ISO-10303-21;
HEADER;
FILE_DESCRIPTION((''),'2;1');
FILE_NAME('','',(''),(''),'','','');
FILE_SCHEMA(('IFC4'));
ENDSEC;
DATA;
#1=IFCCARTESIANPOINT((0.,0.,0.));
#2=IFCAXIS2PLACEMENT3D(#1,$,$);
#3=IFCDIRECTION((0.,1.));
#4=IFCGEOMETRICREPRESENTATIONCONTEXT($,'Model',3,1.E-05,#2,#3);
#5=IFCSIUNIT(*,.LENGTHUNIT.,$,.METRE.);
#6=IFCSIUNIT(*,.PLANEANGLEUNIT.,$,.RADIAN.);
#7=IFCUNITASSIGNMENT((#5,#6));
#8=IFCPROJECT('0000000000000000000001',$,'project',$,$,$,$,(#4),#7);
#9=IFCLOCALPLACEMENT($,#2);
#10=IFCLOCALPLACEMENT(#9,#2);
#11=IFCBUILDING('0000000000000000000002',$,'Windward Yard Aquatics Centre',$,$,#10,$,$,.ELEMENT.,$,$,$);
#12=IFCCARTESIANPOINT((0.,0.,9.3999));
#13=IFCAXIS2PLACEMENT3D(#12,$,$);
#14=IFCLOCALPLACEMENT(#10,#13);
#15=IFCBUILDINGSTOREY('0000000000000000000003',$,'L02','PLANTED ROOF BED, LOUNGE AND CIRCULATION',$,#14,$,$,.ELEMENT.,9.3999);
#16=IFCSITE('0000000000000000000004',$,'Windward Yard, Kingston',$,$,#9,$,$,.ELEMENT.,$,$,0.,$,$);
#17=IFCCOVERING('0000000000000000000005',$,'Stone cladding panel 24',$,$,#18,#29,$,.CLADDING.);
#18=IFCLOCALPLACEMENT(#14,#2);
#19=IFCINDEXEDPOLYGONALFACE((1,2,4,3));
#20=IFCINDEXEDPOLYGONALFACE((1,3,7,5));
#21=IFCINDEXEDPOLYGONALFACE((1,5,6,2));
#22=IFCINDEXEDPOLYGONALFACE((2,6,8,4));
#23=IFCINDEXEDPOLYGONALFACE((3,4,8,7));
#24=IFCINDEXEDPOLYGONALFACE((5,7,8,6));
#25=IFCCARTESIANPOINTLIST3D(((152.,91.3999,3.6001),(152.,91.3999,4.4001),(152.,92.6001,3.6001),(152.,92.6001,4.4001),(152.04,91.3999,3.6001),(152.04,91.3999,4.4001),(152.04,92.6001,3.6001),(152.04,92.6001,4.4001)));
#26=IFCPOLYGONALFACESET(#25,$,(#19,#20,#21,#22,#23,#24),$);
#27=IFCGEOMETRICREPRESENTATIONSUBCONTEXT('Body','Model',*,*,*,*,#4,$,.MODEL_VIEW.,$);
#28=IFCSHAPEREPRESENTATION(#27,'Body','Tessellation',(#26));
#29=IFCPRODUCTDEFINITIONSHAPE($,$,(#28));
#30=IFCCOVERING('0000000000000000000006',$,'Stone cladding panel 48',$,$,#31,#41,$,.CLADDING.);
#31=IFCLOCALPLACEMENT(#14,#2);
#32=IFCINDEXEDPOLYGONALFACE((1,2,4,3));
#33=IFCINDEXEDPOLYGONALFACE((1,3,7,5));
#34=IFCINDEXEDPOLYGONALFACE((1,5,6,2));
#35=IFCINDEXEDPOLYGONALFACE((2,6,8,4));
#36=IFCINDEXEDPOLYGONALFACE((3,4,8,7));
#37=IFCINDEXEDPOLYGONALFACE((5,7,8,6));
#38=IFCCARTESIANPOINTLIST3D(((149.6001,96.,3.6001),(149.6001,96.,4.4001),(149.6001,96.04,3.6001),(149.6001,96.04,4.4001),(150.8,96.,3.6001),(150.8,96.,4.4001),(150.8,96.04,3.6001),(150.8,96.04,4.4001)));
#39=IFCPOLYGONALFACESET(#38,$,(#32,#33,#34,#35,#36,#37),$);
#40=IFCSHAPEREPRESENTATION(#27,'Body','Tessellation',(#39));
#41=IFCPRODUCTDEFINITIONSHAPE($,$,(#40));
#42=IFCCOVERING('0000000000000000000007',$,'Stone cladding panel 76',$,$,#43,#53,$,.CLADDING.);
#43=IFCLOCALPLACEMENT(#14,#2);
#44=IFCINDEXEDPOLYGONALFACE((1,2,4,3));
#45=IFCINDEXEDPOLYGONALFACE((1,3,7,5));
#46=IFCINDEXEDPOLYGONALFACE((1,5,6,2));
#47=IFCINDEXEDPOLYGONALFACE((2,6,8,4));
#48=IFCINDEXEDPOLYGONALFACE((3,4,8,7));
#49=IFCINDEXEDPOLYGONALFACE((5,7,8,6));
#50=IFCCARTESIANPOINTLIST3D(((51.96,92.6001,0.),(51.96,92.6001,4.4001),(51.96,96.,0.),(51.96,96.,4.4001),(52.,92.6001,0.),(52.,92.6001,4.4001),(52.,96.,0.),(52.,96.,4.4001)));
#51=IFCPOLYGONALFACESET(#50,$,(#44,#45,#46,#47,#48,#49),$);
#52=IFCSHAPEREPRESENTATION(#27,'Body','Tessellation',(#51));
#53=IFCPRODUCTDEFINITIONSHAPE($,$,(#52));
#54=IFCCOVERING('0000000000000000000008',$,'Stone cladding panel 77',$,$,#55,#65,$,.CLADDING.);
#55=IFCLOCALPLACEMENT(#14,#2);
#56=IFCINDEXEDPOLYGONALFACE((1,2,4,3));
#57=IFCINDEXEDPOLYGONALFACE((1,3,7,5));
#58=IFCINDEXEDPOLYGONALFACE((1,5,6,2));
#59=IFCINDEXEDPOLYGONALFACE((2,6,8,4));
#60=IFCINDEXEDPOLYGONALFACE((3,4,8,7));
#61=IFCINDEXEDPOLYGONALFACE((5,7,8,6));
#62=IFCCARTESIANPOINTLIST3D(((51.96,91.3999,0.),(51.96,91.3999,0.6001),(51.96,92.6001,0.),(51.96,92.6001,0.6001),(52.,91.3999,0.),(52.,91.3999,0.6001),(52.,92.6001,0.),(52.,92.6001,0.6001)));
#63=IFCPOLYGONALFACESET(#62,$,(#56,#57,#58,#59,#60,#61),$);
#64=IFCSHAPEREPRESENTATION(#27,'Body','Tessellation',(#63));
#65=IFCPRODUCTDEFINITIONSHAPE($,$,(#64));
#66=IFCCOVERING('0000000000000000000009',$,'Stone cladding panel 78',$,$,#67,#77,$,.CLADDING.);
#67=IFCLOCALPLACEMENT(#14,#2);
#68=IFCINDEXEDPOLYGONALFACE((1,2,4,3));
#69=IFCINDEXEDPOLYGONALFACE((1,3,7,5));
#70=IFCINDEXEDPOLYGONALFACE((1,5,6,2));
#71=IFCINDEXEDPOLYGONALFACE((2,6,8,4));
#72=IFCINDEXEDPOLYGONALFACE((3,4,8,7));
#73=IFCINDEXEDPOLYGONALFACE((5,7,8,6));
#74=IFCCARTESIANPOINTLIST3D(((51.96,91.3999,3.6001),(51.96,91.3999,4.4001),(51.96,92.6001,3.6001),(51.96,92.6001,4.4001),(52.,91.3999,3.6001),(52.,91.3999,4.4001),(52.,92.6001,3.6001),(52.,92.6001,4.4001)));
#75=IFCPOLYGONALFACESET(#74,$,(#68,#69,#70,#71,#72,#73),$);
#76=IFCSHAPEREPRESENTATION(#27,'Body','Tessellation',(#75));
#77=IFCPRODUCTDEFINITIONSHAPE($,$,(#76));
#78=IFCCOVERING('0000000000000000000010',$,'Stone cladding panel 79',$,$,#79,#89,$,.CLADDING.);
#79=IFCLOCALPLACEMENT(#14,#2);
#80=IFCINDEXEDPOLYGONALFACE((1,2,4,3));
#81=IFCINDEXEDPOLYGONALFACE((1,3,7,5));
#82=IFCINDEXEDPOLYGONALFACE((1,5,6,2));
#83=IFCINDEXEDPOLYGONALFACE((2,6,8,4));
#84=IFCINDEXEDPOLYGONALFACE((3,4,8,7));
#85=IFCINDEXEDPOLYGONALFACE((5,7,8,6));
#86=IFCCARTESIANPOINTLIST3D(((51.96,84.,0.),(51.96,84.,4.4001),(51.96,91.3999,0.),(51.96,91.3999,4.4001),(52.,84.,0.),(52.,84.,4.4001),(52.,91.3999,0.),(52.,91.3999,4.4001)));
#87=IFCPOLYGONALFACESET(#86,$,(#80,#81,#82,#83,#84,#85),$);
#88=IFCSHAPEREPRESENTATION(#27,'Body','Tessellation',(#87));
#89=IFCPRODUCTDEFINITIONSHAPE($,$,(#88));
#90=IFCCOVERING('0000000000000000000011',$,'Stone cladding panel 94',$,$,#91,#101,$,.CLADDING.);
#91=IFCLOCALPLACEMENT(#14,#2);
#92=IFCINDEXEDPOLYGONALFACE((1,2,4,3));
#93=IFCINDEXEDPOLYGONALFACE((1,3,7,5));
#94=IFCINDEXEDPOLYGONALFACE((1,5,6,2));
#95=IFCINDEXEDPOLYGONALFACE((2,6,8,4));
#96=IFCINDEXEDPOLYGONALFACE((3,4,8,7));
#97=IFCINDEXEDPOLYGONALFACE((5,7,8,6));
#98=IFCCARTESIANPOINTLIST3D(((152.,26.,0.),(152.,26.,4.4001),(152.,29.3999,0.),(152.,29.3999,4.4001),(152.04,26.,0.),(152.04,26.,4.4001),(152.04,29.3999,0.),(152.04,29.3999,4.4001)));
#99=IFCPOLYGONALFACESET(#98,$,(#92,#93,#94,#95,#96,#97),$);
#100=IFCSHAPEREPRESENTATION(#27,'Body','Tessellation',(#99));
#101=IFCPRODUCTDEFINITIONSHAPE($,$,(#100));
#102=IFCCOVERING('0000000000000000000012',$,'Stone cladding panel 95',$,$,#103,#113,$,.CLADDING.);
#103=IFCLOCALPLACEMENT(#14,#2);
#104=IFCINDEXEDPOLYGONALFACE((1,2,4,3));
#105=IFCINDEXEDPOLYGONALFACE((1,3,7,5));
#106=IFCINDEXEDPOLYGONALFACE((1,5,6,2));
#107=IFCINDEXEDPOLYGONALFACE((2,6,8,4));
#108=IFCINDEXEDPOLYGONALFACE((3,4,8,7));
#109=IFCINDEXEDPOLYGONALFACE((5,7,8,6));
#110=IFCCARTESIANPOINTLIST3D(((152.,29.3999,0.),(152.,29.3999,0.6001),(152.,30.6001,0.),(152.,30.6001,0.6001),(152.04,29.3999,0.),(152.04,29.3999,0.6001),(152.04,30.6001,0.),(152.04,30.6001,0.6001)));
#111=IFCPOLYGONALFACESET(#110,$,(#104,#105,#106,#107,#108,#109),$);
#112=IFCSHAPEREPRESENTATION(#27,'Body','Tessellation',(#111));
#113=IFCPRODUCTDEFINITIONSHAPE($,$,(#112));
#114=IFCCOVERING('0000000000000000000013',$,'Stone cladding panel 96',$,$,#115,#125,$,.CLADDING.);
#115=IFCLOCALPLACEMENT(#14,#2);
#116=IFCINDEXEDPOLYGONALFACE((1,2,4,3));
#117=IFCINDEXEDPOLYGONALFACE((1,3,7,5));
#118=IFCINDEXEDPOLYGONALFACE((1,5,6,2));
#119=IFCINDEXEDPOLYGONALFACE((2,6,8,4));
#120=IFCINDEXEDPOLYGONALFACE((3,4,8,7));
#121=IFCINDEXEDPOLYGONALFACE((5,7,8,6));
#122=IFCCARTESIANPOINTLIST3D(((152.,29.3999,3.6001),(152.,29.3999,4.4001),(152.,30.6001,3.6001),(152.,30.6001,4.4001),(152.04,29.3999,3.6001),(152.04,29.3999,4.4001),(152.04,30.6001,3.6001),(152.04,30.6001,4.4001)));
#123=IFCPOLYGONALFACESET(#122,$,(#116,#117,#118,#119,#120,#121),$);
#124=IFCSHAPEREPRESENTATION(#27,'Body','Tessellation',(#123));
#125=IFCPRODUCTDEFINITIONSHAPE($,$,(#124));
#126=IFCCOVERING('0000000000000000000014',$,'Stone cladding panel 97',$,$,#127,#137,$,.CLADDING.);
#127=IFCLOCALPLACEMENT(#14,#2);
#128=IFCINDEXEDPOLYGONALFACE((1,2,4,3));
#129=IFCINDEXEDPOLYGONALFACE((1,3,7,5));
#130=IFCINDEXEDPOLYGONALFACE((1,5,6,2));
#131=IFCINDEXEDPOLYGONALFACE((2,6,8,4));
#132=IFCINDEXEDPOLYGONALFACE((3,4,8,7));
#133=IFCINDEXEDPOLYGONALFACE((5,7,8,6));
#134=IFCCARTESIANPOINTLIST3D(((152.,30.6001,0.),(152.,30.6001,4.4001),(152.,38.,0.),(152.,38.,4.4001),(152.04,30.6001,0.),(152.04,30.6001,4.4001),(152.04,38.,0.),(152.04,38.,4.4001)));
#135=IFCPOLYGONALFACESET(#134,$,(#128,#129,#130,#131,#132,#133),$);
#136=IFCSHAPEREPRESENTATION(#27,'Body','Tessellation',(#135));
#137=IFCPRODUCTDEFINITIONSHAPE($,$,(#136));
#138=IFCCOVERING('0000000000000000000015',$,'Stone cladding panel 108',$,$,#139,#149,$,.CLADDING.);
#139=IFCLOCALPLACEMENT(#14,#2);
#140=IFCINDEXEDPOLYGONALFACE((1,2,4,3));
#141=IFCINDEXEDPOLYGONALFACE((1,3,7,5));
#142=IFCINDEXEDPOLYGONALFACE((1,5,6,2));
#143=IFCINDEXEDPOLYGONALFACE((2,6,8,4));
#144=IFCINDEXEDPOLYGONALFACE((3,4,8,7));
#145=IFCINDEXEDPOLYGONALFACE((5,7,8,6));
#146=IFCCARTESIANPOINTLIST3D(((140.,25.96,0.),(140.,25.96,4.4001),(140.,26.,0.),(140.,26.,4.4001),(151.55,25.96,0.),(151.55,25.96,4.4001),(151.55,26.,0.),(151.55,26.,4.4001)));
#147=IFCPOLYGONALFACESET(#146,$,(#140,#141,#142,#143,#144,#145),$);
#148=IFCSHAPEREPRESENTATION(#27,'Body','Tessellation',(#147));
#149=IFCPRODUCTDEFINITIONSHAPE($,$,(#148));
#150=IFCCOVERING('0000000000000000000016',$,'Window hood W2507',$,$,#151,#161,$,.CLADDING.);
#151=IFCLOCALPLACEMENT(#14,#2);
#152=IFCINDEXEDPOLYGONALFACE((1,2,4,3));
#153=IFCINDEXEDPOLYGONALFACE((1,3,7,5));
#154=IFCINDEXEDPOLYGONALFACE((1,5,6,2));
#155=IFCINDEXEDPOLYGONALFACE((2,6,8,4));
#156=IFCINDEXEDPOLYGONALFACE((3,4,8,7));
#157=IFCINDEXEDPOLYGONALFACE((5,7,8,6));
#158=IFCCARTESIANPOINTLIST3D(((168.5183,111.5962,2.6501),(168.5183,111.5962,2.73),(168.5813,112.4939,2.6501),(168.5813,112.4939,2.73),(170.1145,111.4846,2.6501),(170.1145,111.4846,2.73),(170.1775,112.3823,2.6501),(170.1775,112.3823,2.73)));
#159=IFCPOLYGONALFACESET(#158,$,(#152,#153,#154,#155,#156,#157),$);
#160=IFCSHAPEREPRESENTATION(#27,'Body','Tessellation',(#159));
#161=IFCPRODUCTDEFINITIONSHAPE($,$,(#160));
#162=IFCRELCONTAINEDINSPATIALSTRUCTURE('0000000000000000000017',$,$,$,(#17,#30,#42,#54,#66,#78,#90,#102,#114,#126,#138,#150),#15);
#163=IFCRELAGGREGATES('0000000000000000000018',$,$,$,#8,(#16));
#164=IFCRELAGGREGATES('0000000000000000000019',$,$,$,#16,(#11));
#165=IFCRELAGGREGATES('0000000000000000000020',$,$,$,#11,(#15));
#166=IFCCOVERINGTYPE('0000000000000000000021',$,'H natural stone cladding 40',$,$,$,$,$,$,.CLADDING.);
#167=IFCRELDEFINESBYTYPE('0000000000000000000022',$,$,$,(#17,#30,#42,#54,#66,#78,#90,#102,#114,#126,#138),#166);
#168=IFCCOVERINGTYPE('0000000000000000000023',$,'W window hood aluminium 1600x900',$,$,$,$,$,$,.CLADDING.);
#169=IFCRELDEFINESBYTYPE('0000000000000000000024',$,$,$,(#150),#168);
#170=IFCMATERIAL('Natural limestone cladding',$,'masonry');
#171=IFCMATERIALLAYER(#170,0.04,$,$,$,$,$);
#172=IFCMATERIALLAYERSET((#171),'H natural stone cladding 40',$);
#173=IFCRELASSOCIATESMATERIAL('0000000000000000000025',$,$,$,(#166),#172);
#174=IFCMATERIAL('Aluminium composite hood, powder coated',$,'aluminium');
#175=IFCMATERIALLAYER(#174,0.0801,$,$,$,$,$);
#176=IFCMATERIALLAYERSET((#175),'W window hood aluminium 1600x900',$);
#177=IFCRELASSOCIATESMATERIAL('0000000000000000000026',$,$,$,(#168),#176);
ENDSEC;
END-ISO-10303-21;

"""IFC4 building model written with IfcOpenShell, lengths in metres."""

from ifc_helpers import new_model, si_unit, direction, frame, origin, place, context, subcontext, project, spatial, polyline, outline, extrude, material, layer, layer_set, type_object, element, save


model = new_model("IFC4")

# Units and contexts
model_context = context("Model", 3, precision=1e-05, world=origin(), true_north=direction((0.0, 1.0)))
body_context = subcontext(model_context, "Body", "Model", "MODEL_VIEW")
ifc_project = project(units=[si_unit("LENGTHUNIT", "METRE"), si_unit("PLANEANGLEUNIT", "RADIAN")], contexts=[model_context])

# Site, building, storey
site_placement = place(None, origin())
site = spatial("IfcSite", under=ifc_project, at=site_placement, Name="Windward Yard, Kingston", CompositionType="ELEMENT", RefElevation=0.0)
building_placement = place(site_placement, origin())
building = spatial("IfcBuilding", under=site, at=building_placement, Name="Windward Yard Aquatics Centre", CompositionType="ELEMENT")
storey_placement = place(building_placement, frame((0.0, 0.0, 9.3999)))
storey = spatial("IfcBuildingStorey", under=building, at=storey_placement, Name="L02", Description="PLANTED ROOF BED, LOUNGE AND CIRCULATION", CompositionType="ELEMENT", Elevation=9.3999)

# Coverings
ifc_material_1 = material(Name="Natural limestone cladding", Category="masonry")
ifc_layer_1 = layer(ifc_material_1, 0.04)
ifc_layer_set_1 = layer_set([ifc_layer_1], Name="H natural stone cladding 40")
covering_type_1 = type_object("IfcCoveringType", Name="H natural stone cladding 40", PredefinedType="CLADDING", material=ifc_layer_set_1)
covering_1_placement = place(storey_placement, frame((0.0, 0.0, 3.6001)))
element("IfcCovering", 1, at=covering_1_placement, inside=storey, type_object=covering_type_1, Name="Stone cladding panel 24", PredefinedType="CLADDING", context=body_context, shape_type="SweptSolid", body=[
    extrude(outline(polyline([(152.0, 91.3999), (152.04, 91.3999), (152.04, 92.6001), (152.0, 92.6001), (152.0, 91.3999)])), origin(), (0.0, 0.0, 1.0), 0.8),
])
covering_2_placement = place(storey_placement, frame((0.0, 0.0, 3.6001)))
element("IfcCovering", 2, at=covering_2_placement, inside=storey, type_object=covering_type_1, Name="Stone cladding panel 48", PredefinedType="CLADDING", context=body_context, shape_type="SweptSolid", body=[
    extrude(outline(polyline([(149.6001, 96.0), (149.6001, 96.04), (150.8, 96.04), (150.8, 96.0), (149.6001, 96.0)])), origin(), (0.0, 0.0, 1.0), 0.8),
])
covering_3_placement = place(storey_placement, origin())
element("IfcCovering", 3, at=covering_3_placement, inside=storey, type_object=covering_type_1, Name="Stone cladding panel 76", PredefinedType="CLADDING", context=body_context, shape_type="SweptSolid", body=[
    extrude(outline(polyline([(51.96, 92.6001), (51.96, 96.0), (52.0, 96.0), (52.0, 92.6001), (51.96, 92.6001)])), origin(), (0.0, 0.0, 1.0), 4.4001),
])
covering_4_placement = place(storey_placement, origin())
element("IfcCovering", 4, at=covering_4_placement, inside=storey, type_object=covering_type_1, Name="Stone cladding panel 77", PredefinedType="CLADDING", context=body_context, shape_type="SweptSolid", body=[
    extrude(outline(polyline([(51.96, 91.3999), (51.96, 92.6001), (52.0, 92.6001), (52.0, 91.3999), (51.96, 91.3999)])), origin(), (0.0, 0.0, 1.0), 0.6001),
])
covering_5_placement = place(storey_placement, frame((0.0, 0.0, 3.6001)))
element("IfcCovering", 5, at=covering_5_placement, inside=storey, type_object=covering_type_1, Name="Stone cladding panel 78", PredefinedType="CLADDING", context=body_context, shape_type="SweptSolid", body=[
    extrude(outline(polyline([(51.96, 91.3999), (51.96, 92.6001), (52.0, 92.6001), (52.0, 91.3999), (51.96, 91.3999)])), origin(), (0.0, 0.0, 1.0), 0.8),
])
covering_6_placement = place(storey_placement, origin())
element("IfcCovering", 6, at=covering_6_placement, inside=storey, type_object=covering_type_1, Name="Stone cladding panel 79", PredefinedType="CLADDING", context=body_context, shape_type="SweptSolid", body=[
    extrude(outline(polyline([(51.96, 84.0), (51.96, 91.3999), (52.0, 91.3999), (52.0, 84.0), (51.96, 84.0)])), origin(), (0.0, 0.0, 1.0), 4.4001),
])
covering_7_placement = place(storey_placement, origin())
element("IfcCovering", 7, at=covering_7_placement, inside=storey, type_object=covering_type_1, Name="Stone cladding panel 94", PredefinedType="CLADDING", context=body_context, shape_type="SweptSolid", body=[
    extrude(outline(polyline([(152.0, 26.0), (152.0, 29.3999), (152.04, 29.3999), (152.04, 26.0), (152.0, 26.0)])), origin(), (0.0, 0.0, 1.0), 4.4001),
])
covering_8_placement = place(storey_placement, origin())
element("IfcCovering", 8, at=covering_8_placement, inside=storey, type_object=covering_type_1, Name="Stone cladding panel 95", PredefinedType="CLADDING", context=body_context, shape_type="SweptSolid", body=[
    extrude(outline(polyline([(152.0, 29.3999), (152.0, 30.6001), (152.04, 30.6001), (152.04, 29.3999), (152.0, 29.3999)])), origin(), (0.0, 0.0, 1.0), 0.6001),
])
covering_9_placement = place(storey_placement, frame((0.0, 0.0, 3.6001)))
element("IfcCovering", 9, at=covering_9_placement, inside=storey, type_object=covering_type_1, Name="Stone cladding panel 96", PredefinedType="CLADDING", context=body_context, shape_type="SweptSolid", body=[
    extrude(outline(polyline([(152.0, 29.3999), (152.0, 30.6001), (152.04, 30.6001), (152.04, 29.3999), (152.0, 29.3999)])), origin(), (0.0, 0.0, 1.0), 0.8),
])
covering_10_placement = place(storey_placement, origin())
element("IfcCovering", 10, at=covering_10_placement, inside=storey, type_object=covering_type_1, Name="Stone cladding panel 97", PredefinedType="CLADDING", context=body_context, shape_type="SweptSolid", body=[
    extrude(outline(polyline([(152.0, 30.6001), (152.0, 38.0), (152.04, 38.0), (152.04, 30.6001), (152.0, 30.6001)])), origin(), (0.0, 0.0, 1.0), 4.4001),
])
covering_11_placement = place(storey_placement, origin())
element("IfcCovering", 11, at=covering_11_placement, inside=storey, type_object=covering_type_1, Name="Stone cladding panel 108", PredefinedType="CLADDING", context=body_context, shape_type="SweptSolid", body=[
    extrude(outline(polyline([(140.0, 25.96), (151.55, 25.96), (151.55, 26.0), (140.0, 26.0), (140.0, 25.96)])), origin(), (0.0, 0.0, 1.0), 4.4001),
])
ifc_material_2 = material(Name="Aluminium composite hood, powder coated", Category="aluminium")
ifc_layer_2 = layer(ifc_material_2, 0.0801)
ifc_layer_set_2 = layer_set([ifc_layer_2], Name="W window hood aluminium 1600x900")
covering_type_2 = type_object("IfcCoveringType", Name="W window hood aluminium 1600x900", PredefinedType="CLADDING", material=ifc_layer_set_2)
covering_12_placement = place(storey_placement, frame((0.0, 0.0, 2.6501)))
element("IfcCovering", 12, at=covering_12_placement, inside=storey, type_object=covering_type_2, Name="Window hood W2507", PredefinedType="CLADDING", context=body_context, shape_type="SweptSolid", body=[
    extrude(outline(polyline([(168.5183, 111.5962), (168.5813, 112.4939), (170.1775, 112.3823), (170.1145, 111.4846), (168.5183, 111.5962)])), origin(), (0.0, 0.0, 1.0), 0.0798),
])

save(model, "model.ifc")
